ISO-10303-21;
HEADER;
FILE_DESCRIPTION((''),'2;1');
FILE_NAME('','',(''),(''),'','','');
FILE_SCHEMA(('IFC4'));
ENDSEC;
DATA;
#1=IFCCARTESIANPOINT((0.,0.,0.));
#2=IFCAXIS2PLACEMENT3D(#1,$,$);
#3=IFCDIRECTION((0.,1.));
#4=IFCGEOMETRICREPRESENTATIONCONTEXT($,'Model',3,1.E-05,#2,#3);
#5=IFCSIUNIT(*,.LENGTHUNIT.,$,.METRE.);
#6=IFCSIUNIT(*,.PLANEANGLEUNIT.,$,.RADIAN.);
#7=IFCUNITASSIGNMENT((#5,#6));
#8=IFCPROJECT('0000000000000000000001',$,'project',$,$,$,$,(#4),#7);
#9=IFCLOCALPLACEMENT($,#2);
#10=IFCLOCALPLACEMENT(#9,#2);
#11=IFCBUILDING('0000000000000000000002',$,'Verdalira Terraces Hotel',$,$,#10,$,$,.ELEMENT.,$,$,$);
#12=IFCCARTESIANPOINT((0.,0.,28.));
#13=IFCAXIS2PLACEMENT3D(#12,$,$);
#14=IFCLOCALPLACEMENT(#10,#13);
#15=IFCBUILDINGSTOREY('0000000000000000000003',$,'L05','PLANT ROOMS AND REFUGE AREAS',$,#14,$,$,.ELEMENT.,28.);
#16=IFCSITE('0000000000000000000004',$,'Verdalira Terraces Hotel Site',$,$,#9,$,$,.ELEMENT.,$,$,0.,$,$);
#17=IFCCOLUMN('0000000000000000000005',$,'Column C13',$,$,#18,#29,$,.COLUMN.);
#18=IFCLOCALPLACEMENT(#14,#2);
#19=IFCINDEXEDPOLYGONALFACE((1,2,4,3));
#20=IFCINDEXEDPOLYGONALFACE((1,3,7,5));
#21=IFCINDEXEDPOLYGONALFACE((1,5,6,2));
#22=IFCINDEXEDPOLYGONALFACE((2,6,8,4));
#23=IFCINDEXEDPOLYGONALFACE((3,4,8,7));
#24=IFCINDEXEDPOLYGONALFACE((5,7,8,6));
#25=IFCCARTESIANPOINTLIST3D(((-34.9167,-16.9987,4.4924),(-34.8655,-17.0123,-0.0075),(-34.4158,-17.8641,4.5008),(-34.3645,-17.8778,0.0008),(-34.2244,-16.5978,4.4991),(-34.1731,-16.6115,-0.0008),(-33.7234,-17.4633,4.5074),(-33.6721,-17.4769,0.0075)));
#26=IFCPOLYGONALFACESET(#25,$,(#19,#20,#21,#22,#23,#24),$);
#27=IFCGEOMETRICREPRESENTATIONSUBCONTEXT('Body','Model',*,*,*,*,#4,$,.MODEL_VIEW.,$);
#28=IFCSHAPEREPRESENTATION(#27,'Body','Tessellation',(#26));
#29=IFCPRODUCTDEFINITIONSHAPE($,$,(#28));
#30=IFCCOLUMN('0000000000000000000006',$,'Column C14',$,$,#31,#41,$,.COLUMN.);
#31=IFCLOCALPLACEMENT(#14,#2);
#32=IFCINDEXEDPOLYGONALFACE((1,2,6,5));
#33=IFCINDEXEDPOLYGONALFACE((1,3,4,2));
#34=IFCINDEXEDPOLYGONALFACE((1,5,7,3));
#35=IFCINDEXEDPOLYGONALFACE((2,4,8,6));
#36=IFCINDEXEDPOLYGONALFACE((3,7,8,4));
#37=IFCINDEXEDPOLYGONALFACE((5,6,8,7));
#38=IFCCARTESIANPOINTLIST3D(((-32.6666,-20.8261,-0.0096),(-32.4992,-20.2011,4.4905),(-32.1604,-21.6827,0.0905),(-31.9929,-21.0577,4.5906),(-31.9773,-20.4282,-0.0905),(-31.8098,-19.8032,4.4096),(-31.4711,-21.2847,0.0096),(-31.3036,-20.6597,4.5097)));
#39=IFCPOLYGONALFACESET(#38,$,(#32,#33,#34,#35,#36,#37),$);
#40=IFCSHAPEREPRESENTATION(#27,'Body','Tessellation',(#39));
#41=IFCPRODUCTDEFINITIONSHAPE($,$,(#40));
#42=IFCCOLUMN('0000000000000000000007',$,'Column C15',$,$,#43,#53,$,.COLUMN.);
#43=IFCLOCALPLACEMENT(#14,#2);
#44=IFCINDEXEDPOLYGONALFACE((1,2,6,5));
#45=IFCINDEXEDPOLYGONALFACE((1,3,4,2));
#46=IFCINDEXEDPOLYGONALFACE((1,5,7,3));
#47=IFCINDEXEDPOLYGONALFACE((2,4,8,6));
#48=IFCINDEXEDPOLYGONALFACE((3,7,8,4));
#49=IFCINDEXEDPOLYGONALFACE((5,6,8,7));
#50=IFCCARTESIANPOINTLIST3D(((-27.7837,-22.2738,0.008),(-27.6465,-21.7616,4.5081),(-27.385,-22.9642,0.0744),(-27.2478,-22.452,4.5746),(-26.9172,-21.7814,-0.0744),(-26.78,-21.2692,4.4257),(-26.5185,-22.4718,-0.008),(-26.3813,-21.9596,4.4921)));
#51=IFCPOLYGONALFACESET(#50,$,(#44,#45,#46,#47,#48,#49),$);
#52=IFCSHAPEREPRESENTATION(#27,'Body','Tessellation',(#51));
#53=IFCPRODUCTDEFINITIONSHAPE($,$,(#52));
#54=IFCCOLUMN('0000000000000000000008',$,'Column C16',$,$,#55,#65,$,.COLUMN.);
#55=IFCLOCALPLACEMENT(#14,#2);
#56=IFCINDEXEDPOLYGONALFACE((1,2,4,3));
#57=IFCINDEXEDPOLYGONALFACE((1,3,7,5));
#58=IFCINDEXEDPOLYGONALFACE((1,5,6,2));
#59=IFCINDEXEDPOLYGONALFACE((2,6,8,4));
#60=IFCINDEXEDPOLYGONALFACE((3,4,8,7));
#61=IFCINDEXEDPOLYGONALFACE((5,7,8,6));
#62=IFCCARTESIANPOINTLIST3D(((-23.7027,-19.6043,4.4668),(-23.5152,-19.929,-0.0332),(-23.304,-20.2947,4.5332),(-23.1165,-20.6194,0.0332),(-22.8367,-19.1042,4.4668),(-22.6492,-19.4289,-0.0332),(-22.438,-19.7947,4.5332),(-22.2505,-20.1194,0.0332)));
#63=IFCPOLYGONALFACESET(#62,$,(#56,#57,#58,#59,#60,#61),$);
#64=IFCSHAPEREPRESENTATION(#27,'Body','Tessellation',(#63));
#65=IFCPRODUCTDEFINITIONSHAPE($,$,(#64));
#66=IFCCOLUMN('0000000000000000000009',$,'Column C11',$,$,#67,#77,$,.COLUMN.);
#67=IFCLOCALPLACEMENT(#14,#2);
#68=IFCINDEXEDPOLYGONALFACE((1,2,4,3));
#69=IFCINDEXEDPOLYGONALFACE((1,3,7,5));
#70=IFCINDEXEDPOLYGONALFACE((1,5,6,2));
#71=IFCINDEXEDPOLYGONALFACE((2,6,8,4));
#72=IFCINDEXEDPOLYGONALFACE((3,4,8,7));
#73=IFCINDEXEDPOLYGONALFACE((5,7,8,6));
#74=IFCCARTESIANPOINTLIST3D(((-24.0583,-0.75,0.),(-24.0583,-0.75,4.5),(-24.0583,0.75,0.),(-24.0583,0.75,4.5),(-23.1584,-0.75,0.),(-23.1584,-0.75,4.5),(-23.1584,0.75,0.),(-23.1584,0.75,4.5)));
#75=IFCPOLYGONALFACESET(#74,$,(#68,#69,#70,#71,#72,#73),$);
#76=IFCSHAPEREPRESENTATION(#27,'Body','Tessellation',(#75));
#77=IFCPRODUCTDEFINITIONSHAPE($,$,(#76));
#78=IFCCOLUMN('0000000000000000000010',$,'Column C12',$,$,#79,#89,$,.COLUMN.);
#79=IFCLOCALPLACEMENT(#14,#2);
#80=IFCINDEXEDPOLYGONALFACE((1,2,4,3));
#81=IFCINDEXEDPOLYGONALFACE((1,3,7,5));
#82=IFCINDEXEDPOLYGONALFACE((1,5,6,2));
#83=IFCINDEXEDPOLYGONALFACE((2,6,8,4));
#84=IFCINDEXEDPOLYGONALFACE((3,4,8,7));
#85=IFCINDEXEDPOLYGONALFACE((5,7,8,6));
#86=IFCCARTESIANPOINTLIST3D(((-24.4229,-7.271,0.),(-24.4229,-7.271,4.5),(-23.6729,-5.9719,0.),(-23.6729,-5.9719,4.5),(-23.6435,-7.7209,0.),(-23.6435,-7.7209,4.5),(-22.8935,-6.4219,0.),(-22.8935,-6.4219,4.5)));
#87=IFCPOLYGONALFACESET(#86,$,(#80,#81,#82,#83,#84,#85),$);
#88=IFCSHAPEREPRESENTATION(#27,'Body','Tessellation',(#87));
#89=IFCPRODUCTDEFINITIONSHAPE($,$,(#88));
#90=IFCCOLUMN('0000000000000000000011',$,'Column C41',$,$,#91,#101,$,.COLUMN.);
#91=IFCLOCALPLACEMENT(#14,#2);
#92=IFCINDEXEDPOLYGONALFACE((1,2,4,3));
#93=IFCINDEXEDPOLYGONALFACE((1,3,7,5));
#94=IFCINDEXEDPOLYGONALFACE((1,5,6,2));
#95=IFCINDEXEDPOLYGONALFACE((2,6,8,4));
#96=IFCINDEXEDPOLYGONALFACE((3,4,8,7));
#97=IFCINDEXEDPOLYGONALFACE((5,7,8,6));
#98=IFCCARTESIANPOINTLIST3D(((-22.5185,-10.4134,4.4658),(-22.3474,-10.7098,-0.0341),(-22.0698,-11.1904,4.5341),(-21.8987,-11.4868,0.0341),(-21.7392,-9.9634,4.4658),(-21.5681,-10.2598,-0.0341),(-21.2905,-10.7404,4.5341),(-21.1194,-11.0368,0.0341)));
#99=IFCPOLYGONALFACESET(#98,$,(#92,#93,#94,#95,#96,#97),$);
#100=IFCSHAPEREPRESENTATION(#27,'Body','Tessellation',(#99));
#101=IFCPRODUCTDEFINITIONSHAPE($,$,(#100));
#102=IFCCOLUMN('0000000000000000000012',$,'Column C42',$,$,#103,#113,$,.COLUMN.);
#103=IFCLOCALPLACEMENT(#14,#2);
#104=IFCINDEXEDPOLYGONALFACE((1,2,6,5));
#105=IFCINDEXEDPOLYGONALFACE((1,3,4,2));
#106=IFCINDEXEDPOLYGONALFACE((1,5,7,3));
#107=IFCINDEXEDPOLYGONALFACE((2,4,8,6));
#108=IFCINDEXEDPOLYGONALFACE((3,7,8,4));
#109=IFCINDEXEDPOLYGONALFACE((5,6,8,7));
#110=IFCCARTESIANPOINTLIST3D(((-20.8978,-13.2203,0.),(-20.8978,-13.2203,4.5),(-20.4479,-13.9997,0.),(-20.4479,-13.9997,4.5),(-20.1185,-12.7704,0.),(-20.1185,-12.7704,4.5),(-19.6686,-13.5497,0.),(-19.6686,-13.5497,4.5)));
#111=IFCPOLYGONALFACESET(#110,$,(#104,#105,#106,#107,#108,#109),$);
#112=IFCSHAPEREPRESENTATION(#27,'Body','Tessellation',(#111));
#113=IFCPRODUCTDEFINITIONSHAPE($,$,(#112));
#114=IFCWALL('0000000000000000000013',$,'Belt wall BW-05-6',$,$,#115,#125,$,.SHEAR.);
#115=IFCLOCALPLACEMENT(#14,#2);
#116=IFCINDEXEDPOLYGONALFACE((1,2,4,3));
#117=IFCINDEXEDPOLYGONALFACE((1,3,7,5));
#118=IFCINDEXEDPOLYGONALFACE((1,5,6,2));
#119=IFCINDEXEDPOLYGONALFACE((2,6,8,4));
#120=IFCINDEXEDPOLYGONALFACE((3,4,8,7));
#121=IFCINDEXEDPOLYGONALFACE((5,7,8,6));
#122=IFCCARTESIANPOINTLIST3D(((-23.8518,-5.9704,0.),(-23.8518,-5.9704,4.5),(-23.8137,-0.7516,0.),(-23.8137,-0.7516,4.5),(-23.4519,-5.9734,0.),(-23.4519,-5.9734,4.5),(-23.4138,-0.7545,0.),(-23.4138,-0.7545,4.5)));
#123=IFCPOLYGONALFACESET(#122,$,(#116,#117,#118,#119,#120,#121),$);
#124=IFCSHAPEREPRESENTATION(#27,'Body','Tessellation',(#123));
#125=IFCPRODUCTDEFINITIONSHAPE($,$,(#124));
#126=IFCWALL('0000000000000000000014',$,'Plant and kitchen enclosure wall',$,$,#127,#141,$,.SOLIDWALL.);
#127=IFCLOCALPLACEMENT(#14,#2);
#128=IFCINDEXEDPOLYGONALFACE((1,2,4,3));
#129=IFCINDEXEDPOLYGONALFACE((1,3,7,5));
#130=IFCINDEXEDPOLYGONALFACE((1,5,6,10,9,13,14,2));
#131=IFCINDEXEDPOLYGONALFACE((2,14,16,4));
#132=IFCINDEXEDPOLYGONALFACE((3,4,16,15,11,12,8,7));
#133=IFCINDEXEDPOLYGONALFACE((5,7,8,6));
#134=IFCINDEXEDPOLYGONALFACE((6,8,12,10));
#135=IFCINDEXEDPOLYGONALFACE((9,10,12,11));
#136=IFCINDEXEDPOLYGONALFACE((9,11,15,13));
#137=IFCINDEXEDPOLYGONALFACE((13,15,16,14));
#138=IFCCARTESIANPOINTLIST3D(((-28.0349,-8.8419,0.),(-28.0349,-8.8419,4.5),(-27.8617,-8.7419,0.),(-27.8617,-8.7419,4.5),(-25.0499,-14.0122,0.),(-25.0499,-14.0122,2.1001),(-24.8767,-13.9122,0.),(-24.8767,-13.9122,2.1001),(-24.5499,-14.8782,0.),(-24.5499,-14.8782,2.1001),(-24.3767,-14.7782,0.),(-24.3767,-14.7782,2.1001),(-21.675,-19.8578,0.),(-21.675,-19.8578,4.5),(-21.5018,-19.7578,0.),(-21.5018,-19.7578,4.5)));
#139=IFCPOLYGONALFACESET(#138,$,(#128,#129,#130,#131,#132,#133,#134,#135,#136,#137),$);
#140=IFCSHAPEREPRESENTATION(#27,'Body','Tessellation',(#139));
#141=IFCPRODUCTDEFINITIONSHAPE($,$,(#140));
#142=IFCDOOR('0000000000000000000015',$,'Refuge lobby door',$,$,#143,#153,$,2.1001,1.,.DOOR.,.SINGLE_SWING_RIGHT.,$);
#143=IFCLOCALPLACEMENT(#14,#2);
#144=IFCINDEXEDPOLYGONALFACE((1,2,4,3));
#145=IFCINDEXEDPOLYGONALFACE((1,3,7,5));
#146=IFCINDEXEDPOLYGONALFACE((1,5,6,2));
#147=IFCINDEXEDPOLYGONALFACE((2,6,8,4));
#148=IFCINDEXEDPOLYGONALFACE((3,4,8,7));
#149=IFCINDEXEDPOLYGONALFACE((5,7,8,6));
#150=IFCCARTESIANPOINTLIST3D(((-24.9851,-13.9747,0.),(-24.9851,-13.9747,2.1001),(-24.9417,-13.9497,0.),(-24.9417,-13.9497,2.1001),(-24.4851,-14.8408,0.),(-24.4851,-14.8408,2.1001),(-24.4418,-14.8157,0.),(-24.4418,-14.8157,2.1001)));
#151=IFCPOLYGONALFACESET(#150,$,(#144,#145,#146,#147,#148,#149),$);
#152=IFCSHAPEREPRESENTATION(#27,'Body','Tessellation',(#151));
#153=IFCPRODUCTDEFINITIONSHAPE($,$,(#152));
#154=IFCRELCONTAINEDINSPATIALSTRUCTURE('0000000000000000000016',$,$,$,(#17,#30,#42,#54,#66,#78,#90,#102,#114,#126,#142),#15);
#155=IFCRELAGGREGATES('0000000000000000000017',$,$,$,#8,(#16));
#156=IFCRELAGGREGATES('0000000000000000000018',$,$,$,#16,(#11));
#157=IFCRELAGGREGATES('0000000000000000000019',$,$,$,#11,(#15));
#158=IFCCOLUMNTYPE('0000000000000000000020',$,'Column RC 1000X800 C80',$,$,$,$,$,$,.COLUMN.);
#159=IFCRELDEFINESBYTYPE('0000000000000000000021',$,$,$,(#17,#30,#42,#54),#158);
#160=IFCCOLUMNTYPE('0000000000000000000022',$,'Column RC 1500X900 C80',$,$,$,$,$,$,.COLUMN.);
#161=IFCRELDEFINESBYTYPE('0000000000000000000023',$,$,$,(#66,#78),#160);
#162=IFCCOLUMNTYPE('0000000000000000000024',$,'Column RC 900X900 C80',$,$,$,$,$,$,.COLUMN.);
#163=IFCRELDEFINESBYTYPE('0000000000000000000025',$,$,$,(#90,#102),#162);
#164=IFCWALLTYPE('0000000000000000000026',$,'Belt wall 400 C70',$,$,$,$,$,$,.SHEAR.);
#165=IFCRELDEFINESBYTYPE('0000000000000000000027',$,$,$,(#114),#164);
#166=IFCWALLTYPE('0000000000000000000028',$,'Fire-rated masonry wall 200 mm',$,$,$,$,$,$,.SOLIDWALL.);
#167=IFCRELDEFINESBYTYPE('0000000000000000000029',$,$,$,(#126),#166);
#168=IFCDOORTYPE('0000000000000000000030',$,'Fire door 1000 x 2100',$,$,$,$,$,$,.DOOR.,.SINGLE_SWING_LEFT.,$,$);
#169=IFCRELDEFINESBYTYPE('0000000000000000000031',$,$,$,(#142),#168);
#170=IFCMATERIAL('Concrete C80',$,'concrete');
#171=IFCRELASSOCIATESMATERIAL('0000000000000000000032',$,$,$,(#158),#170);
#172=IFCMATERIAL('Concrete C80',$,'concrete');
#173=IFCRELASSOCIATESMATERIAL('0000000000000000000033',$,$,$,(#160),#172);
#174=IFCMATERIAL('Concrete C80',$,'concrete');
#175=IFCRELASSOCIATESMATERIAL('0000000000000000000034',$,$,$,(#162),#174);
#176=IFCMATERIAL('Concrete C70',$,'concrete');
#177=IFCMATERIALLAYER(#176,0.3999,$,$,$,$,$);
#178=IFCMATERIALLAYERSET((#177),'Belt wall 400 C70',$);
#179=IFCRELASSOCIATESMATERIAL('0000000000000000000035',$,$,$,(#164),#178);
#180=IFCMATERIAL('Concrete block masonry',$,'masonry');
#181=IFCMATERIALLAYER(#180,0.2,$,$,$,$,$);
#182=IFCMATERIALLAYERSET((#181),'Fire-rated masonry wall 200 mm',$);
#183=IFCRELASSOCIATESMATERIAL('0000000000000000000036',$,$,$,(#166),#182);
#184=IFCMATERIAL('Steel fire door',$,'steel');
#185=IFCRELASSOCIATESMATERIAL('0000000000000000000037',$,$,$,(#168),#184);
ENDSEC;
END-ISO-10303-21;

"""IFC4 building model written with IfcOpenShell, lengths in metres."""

from ifc_helpers import new_model, si_unit, direction, frame, frame_2d, origin, origin_2d, place, context, subcontext, project, spatial, rectangle, extrude, material, layer, layer_set, material_profile, profile_set, type_object, element, fill, save


model = new_model("IFC4")

# Units and contexts
model_context = context("Model", 3, precision=1e-05, world=origin(), true_north=direction((0.0, 1.0)))
body_context = subcontext(model_context, "Body", "Model", "MODEL_VIEW")
ifc_project = project(units=[si_unit("LENGTHUNIT", "METRE"), si_unit("PLANEANGLEUNIT", "RADIAN")], contexts=[model_context])

# Site, building, storey
site_placement = place(None, origin())
site = spatial("IfcSite", under=ifc_project, at=site_placement, Name="Verdalira Terraces Hotel Site", CompositionType="ELEMENT", RefElevation=0.0)
building_placement = place(site_placement, origin())
building = spatial("IfcBuilding", under=site, at=building_placement, Name="Verdalira Terraces Hotel", CompositionType="ELEMENT")
storey_placement = place(building_placement, frame((0.0, 0.0, 28.0)))
storey = spatial("IfcBuildingStorey", under=building, at=storey_placement, Name="L05", Description="PLANT ROOMS AND REFUGE AREAS", CompositionType="ELEMENT", Elevation=28.0)

# Columns
ifc_material_1 = material(Name="Concrete C80", Category="concrete")
ifc_material_profile_1 = material_profile(ifc_material_1, rectangle(XDim=1.0, YDim=0.8, at=origin_2d()), Name="RC 1000X800")
ifc_profile_set_1 = profile_set([ifc_material_profile_1], Name="Concrete C80")
column_type_1 = type_object("IfcColumnType", Name="Column RC 1000X800 C80", PredefinedType="COLUMN", material=ifc_profile_set_1)
column_1_placement = place(storey_placement, frame((-34.2688, -17.2446, 0.0), z_axis=(-0.011392, 0.003038, 0.99993), x_axis=(0.500959, -0.865431, 0.008337)))
element("IfcColumn", 1, at=column_1_placement, inside=storey, type_object=column_type_1, Name="Column C13", PredefinedType="COLUMN", context=body_context, shape_type="SweptSolid", body=[
    extrude(rectangle(XDim=1.0, YDim=0.8, at=origin_2d()), origin(), (0.0, 0.0, 1.0), 4.5002),
])
column_2_placement = place(storey_placement, frame((-32.0688, -21.0554, 0.0), z_axis=(0.036839, 0.137475, 0.98982), x_axis=(0.506262, -0.856548, 0.100123)))
element("IfcColumn", 2, at=column_2_placement, inside=storey, type_object=column_type_1, Name="Column C14", PredefinedType="COLUMN", context=body_context, shape_type="SweptSolid", body=[
    extrude(rectangle(XDim=1.0, YDim=0.8, at=origin_2d()), origin(), (0.0, 0.0, 1.0), 4.5464),
])
column_3_placement = place(storey_placement, frame((-27.1511, -22.3728, 0.0), z_axis=(0.030281, 0.113042, 0.993129), x_axis=(0.866457, 0.492394, -0.082465)))
element("IfcColumn", 3, at=column_3_placement, inside=storey, type_object=column_type_1, Name="Column C15", PredefinedType="COLUMN", context=body_context, shape_type="SweptSolid", body=[
    extrude(rectangle(XDim=1.0, YDim=0.8, at=origin_2d()), origin(), (0.0, 0.0, 1.0), 4.5312),
])
column_4_placement = place(storey_placement, frame((-22.8828, -20.0242, 0.0), z_axis=(-0.041523, 0.071908, 0.996547), x_axis=(0.86599, 0.500061, 0.0)))
element("IfcColumn", 4, at=column_4_placement, inside=storey, type_object=column_type_1, Name="Column C16", PredefinedType="COLUMN", context=body_context, shape_type="SweptSolid", body=[
    extrude(rectangle(XDim=1.0, YDim=0.8, at=origin_2d()), origin(), (0.0, 0.0, 1.0), 4.5156),
])
ifc_material_2 = material(Name="Concrete C80", Category="concrete")
ifc_material_profile_2 = material_profile(ifc_material_2, rectangle(XDim=1.5, YDim=0.8999, at=origin_2d()), Name="RC 1500X900")
ifc_profile_set_2 = profile_set([ifc_material_profile_2], Name="Concrete C80")
column_type_2 = type_object("IfcColumnType", Name="Column RC 1500X900 C80", PredefinedType="COLUMN", material=ifc_profile_set_2)
for number, where, z_axis, x_axis, name in (
    (5, (-23.6084, 0.0, 0.0), (0.0, 0.0, 1.0), (0.0, -1.0, 0.0), "Column C11"),
    (6, (-23.6582, -6.8464, 0.0), (0.0, 0.0, 1.0), (0.5, 0.866025, 0.0), "Column C12"),
):
    element("IfcColumn", number, at=place(storey_placement, frame(where, z_axis=z_axis, x_axis=x_axis)), inside=storey, type_object=column_type_2, Name=name, PredefinedType="COLUMN", context=body_context, shape_type="SweptSolid", body=[
        extrude(rectangle(XDim=1.5, YDim=0.8999, at=origin_2d()), origin(), (0.0, 0.0, 1.0), 4.5),
    ])
ifc_material_3 = material(Name="Concrete C80", Category="concrete")
ifc_material_profile_3 = material_profile(ifc_material_3, rectangle(XDim=0.8999, YDim=0.8999, at=origin_2d()), Name="RC 900X900")
ifc_profile_set_3 = profile_set([ifc_material_profile_3], Name="Concrete C80")
column_type_3 = type_object("IfcColumnType", Name="Column RC 900X900 C80", PredefinedType="COLUMN", material=ifc_profile_set_3)
column_5_placement = place(storey_placement, frame((-21.7334, -10.8733, 0.0), z_axis=(-0.037922, 0.065674, 0.99712), x_axis=(-0.865996, -0.500052, 0.0)))
element("IfcColumn", 7, at=column_5_placement, inside=storey, type_object=column_type_3, Name="Column C41", PredefinedType="COLUMN", context=body_context, shape_type="SweptSolid", body=[
    extrude(rectangle(XDim=0.8999, YDim=0.8999, at=origin_2d()), origin(), (0.0, 0.0, 1.0), 4.5129),
])
column_6_placement = place(storey_placement, frame((-20.2832, -13.385, 0.0), z_axis=(0.0, 0.0, 1.0), x_axis=(-0.866025, -0.5, 0.0)))
element("IfcColumn", 8, at=column_6_placement, inside=storey, type_object=column_type_3, Name="Column C42", PredefinedType="COLUMN", context=body_context, shape_type="SweptSolid", body=[
    extrude(rectangle(XDim=0.8999, YDim=0.8999, at=origin_2d()), origin(), (0.0, 0.0, 1.0), 4.5),
])

# Wall
ifc_material_4 = material(Name="Concrete C70", Category="concrete")
ifc_layer_1 = layer(ifc_material_4, 0.3999)
ifc_layer_set_1 = layer_set([ifc_layer_1], Name="Belt wall 400 C70")
wall_type_1 = type_object("IfcWallType", Name="Belt wall 400 C70", PredefinedType="SHEAR", material=ifc_layer_set_1)
wall_1_placement = place(storey_placement, frame((-23.6138, -0.7532, 0.0), z_axis=(0.0, 0.0, 1.0), x_axis=(-0.007298, -0.999973, 0.0)))
element("IfcWall", 9, at=wall_1_placement, inside=storey, type_object=wall_type_1, Name="Belt wall BW-05-6", PredefinedType="SHEAR", context=body_context, shape_type="SweptSolid", body=[
    extrude(rectangle(XDim=5.219, YDim=0.3999, at=frame_2d((2.6094, 0.0))), origin(), (0.0, 0.0, 1.0), 4.5),
])

# Wall, opening, door
ifc_material_5 = material(Name="Concrete block masonry", Category="masonry")
ifc_layer_2 = layer(ifc_material_5, 0.2)
ifc_layer_set_2 = layer_set([ifc_layer_2], Name="Fire-rated masonry wall 200 mm")
wall_type_2 = type_object("IfcWallType", Name="Fire-rated masonry wall 200 mm", PredefinedType="SOLIDWALL", material=ifc_layer_set_2)
wall_2_placement = place(storey_placement, frame((-27.9482, -8.792, 0.0), z_axis=(0.0, 0.0, 1.0), x_axis=(0.499991, -0.866031, 0.0)))
wall_2 = element("IfcWall", 10, at=wall_2_placement, inside=storey, type_object=wall_type_2, Name="Plant and kitchen enclosure wall", PredefinedType="SOLIDWALL", context=body_context, shape_type="SweptSolid", body=[
    extrude(rectangle(XDim=12.72, YDim=0.2, at=frame_2d((6.3599, 0.0))), origin(), (0.0, 0.0, 1.0), 4.5),
])
opening_1_placement = place(wall_2_placement, frame((5.97, 0.0, 0.0)))
opening_1 = element("IfcOpeningElement", 11, at=opening_1_placement, cuts=wall_2, PredefinedType="OPENING", context=body_context, shape_type="SweptSolid", body=[
    extrude(rectangle(XDim=1.0, YDim=2.1001, at=frame_2d((0.5, 1.05))), frame((0.0, 0.1099, 0.0), z_axis=(0.0, -1.0, 0.0), x_axis=(1.0, 0.0, 0.0)), (0.0, 0.0, 1.0), 0.22),
])
ifc_material_6 = material(Name="Steel fire door", Category="steel")
door_type_1 = type_object("IfcDoorType", Name="Fire door 1000 x 2100", OperationType="SINGLE_SWING_LEFT", PredefinedType="DOOR", material=ifc_material_6)
door_1_placement = place(opening_1_placement, origin())
door_1 = element("IfcDoor", 12, at=door_1_placement, inside=storey, type_object=door_type_1, Name="Refuge lobby door", OperationType="SINGLE_SWING_RIGHT", OverallHeight=2.1001, OverallWidth=1.0, PredefinedType="DOOR", context=body_context, shape_type="SweptSolid", body=[
    extrude(rectangle(XDim=1.0, YDim=2.1001, at=frame_2d((0.5, 1.05))), frame((0.0, 0.0249, 0.0), z_axis=(0.0, -1.0, 0.0), x_axis=(1.0, 0.0, 0.0)), (0.0, 0.0, 1.0), 0.05),
])
fill(opening_1, door_1)

save(model, "model.ifc")
